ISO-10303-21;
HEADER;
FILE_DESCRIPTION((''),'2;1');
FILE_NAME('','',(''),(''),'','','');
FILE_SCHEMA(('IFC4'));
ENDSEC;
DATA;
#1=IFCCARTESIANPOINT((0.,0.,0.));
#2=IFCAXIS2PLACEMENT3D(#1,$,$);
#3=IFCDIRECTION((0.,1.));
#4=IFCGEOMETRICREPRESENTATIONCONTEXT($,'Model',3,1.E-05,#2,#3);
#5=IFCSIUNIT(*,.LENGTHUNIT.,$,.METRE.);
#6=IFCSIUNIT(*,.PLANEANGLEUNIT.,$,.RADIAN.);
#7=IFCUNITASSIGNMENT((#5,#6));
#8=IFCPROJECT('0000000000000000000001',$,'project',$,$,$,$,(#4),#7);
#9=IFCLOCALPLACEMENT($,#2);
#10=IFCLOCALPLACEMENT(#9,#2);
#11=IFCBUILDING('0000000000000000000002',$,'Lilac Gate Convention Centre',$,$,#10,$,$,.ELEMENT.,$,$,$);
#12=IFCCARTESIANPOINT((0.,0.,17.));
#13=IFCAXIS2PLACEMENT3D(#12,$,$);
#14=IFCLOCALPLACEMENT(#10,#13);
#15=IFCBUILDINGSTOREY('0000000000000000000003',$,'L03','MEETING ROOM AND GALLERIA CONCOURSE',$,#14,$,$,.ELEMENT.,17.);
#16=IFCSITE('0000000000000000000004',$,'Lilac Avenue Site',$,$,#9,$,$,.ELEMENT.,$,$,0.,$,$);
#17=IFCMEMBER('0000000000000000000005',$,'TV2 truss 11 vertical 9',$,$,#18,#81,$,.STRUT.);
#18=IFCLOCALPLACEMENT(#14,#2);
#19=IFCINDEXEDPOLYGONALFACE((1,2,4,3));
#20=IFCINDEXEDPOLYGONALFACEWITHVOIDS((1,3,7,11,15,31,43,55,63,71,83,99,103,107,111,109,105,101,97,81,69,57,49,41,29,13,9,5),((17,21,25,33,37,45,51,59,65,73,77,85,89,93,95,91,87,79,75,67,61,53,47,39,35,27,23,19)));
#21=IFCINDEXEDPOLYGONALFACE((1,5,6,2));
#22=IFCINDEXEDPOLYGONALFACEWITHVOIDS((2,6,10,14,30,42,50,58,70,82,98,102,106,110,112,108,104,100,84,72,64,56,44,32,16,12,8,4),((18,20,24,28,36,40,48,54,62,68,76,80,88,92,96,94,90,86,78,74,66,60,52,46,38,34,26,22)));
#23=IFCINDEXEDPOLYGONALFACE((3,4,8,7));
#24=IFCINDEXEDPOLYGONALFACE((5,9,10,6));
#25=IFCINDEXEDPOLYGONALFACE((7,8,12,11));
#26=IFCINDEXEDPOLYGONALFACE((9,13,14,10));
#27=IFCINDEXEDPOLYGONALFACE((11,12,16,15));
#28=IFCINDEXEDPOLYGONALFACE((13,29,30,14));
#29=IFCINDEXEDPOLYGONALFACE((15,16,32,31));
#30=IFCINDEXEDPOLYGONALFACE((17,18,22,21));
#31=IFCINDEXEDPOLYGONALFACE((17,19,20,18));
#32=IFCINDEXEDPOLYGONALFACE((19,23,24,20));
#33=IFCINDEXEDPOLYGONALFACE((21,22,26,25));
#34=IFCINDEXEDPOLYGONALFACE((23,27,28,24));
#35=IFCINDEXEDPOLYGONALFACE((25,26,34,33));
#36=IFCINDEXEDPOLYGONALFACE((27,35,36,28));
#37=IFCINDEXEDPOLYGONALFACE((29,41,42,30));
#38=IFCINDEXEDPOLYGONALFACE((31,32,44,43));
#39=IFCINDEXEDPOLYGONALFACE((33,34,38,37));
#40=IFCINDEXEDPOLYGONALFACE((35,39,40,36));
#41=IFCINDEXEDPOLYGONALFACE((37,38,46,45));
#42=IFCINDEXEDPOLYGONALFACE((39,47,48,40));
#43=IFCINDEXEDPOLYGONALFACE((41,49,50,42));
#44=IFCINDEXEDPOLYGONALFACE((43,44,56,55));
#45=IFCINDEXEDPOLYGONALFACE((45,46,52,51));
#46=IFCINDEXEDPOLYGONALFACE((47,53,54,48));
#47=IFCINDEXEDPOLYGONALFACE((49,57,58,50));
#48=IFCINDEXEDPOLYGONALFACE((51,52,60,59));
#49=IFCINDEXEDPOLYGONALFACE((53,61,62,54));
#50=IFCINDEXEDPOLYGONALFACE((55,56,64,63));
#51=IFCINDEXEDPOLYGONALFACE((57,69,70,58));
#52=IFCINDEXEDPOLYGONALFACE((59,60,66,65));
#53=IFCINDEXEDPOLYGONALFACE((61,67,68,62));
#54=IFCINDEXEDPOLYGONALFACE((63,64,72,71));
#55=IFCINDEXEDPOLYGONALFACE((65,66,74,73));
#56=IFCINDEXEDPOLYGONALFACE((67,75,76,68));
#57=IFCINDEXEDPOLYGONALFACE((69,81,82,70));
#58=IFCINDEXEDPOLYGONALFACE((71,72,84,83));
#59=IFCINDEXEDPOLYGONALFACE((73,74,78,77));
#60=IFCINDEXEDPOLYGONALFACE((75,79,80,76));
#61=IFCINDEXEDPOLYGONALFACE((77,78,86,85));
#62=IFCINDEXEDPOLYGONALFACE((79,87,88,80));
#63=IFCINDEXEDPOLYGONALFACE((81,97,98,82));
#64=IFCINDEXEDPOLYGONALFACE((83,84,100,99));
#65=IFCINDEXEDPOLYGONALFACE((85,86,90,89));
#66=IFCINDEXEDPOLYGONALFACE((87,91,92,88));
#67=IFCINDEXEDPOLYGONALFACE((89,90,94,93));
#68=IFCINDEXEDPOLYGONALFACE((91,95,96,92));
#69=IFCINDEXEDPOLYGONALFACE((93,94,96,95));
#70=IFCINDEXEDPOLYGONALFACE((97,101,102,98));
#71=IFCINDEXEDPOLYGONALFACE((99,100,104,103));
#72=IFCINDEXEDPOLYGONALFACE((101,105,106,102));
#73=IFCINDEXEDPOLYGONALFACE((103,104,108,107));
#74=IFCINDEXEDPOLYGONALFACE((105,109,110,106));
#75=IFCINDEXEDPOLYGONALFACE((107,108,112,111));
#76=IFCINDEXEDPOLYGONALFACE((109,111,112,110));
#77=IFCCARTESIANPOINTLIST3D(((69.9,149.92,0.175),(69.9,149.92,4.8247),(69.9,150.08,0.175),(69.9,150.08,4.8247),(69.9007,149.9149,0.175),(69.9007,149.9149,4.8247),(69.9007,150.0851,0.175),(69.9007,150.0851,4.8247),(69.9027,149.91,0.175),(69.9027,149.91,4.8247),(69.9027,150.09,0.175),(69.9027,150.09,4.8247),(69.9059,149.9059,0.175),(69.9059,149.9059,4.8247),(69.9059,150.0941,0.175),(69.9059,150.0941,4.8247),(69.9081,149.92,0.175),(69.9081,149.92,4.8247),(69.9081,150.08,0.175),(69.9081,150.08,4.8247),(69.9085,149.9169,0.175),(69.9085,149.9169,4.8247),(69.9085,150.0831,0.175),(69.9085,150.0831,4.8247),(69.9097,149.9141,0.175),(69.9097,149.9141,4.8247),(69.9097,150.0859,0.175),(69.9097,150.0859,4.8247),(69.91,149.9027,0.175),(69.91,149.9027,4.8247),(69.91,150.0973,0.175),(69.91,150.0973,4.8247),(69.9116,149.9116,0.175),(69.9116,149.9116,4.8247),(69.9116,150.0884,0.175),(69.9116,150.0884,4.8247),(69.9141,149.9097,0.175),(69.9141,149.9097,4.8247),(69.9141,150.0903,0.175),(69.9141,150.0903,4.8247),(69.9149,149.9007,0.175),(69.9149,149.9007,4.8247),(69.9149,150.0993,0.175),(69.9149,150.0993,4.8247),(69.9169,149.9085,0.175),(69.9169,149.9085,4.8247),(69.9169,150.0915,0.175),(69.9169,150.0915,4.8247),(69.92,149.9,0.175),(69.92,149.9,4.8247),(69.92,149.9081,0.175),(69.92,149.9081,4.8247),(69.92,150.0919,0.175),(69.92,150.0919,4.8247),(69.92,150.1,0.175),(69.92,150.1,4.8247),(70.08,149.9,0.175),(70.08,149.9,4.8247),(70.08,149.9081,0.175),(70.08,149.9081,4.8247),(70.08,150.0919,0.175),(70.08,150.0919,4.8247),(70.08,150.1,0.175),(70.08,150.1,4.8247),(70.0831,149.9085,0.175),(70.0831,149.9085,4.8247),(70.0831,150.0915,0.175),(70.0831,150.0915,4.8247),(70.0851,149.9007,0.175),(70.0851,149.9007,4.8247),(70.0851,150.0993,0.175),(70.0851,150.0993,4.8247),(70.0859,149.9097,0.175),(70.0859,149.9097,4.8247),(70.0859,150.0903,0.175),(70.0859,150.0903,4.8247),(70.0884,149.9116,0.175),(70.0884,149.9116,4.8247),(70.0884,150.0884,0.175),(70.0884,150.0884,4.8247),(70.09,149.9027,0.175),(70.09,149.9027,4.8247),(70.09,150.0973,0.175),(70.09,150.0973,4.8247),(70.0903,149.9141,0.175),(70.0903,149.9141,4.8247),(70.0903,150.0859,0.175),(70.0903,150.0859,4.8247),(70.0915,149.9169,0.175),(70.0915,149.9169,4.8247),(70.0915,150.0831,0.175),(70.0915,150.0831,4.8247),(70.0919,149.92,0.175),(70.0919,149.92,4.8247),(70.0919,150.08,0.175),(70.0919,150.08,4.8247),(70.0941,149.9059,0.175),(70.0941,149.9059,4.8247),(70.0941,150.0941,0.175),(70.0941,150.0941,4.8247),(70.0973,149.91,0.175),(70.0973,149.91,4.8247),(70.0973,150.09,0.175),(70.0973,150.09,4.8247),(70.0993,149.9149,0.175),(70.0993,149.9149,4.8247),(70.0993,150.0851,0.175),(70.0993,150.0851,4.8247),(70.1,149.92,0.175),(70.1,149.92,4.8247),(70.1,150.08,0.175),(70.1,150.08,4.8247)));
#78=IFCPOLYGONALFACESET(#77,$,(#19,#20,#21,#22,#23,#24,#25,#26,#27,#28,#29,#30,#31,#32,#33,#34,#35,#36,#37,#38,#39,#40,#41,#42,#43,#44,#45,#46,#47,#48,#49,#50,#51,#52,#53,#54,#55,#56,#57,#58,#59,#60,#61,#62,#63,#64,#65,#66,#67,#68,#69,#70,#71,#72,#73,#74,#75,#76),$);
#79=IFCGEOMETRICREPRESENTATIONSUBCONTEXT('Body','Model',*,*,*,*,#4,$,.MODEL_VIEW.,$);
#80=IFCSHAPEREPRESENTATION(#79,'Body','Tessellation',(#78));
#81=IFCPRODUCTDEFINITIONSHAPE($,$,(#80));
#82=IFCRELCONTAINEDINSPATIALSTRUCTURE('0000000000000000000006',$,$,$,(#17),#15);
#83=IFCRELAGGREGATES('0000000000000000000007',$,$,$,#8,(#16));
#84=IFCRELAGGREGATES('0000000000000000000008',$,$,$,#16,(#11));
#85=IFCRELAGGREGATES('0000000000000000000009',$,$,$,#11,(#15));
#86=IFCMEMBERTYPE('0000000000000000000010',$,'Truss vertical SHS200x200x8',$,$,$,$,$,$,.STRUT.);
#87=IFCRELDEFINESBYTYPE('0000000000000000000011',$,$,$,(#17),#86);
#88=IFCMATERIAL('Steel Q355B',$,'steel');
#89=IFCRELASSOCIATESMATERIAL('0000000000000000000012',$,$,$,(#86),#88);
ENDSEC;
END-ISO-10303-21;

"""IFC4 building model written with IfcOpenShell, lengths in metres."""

from ifc_helpers import new_model, si_unit, direction, frame, origin, origin_2d, place, context, subcontext, project, spatial, hollow_rectangle, extrude, material, material_profile, profile_set, type_object, element, save


model = new_model("IFC4")

# Units and contexts
model_context = context("Model", 3, precision=1e-05, world=origin(), true_north=direction((0.0, 1.0)))
body_context = subcontext(model_context, "Body", "Model", "MODEL_VIEW")
ifc_project = project(units=[si_unit("LENGTHUNIT", "METRE"), si_unit("PLANEANGLEUNIT", "RADIAN")], contexts=[model_context])

# Site, building, storey
site_placement = place(None, origin())
site = spatial("IfcSite", under=ifc_project, at=site_placement, Name="Lilac Avenue Site", CompositionType="ELEMENT", RefElevation=0.0)
building_placement = place(site_placement, origin())
building = spatial("IfcBuilding", under=site, at=building_placement, Name="Lilac Gate Convention Centre", CompositionType="ELEMENT")
storey_placement = place(building_placement, frame((0.0, 0.0, 17.0)))
storey = spatial("IfcBuildingStorey", under=building, at=storey_placement, Name="L03", Description="MEETING ROOM AND GALLERIA CONCOURSE", CompositionType="ELEMENT", Elevation=17.0)

# Member
ifc_material = material(Name="Steel Q355B", Category="steel")
ifc_material_profile_1 = material_profile(ifc_material, hollow_rectangle(XDim=0.2, YDim=0.2, WallThickness=0.0081, InnerFilletRadius=0.012, OuterFilletRadius=0.02, at=origin_2d()), Name="SHS200x200x8")
ifc_profile_set_1 = profile_set([ifc_material_profile_1], Name="Steel Q355B")
member_type_1 = type_object("IfcMemberType", Name="Truss vertical SHS200x200x8", PredefinedType="STRUT", material=ifc_profile_set_1)
member_1_placement = place(storey_placement, frame((70.0, 150.0, 0.175), z_axis=(0.0, 0.0, 1.0), x_axis=(1.0, 0.0, 0.0)))
element("IfcMember", 1, at=member_1_placement, inside=storey, type_object=member_type_1, Name="TV2 truss 11 vertical 9", PredefinedType="STRUT", context=body_context, shape_type="SweptSolid", body=[
    extrude(hollow_rectangle(XDim=0.2, YDim=0.2, WallThickness=0.0081, InnerFilletRadius=0.012, OuterFilletRadius=0.02, at=origin_2d()), origin(), (0.0, 0.0, 1.0), 4.6497),
])

save(model, "model.ifc")
